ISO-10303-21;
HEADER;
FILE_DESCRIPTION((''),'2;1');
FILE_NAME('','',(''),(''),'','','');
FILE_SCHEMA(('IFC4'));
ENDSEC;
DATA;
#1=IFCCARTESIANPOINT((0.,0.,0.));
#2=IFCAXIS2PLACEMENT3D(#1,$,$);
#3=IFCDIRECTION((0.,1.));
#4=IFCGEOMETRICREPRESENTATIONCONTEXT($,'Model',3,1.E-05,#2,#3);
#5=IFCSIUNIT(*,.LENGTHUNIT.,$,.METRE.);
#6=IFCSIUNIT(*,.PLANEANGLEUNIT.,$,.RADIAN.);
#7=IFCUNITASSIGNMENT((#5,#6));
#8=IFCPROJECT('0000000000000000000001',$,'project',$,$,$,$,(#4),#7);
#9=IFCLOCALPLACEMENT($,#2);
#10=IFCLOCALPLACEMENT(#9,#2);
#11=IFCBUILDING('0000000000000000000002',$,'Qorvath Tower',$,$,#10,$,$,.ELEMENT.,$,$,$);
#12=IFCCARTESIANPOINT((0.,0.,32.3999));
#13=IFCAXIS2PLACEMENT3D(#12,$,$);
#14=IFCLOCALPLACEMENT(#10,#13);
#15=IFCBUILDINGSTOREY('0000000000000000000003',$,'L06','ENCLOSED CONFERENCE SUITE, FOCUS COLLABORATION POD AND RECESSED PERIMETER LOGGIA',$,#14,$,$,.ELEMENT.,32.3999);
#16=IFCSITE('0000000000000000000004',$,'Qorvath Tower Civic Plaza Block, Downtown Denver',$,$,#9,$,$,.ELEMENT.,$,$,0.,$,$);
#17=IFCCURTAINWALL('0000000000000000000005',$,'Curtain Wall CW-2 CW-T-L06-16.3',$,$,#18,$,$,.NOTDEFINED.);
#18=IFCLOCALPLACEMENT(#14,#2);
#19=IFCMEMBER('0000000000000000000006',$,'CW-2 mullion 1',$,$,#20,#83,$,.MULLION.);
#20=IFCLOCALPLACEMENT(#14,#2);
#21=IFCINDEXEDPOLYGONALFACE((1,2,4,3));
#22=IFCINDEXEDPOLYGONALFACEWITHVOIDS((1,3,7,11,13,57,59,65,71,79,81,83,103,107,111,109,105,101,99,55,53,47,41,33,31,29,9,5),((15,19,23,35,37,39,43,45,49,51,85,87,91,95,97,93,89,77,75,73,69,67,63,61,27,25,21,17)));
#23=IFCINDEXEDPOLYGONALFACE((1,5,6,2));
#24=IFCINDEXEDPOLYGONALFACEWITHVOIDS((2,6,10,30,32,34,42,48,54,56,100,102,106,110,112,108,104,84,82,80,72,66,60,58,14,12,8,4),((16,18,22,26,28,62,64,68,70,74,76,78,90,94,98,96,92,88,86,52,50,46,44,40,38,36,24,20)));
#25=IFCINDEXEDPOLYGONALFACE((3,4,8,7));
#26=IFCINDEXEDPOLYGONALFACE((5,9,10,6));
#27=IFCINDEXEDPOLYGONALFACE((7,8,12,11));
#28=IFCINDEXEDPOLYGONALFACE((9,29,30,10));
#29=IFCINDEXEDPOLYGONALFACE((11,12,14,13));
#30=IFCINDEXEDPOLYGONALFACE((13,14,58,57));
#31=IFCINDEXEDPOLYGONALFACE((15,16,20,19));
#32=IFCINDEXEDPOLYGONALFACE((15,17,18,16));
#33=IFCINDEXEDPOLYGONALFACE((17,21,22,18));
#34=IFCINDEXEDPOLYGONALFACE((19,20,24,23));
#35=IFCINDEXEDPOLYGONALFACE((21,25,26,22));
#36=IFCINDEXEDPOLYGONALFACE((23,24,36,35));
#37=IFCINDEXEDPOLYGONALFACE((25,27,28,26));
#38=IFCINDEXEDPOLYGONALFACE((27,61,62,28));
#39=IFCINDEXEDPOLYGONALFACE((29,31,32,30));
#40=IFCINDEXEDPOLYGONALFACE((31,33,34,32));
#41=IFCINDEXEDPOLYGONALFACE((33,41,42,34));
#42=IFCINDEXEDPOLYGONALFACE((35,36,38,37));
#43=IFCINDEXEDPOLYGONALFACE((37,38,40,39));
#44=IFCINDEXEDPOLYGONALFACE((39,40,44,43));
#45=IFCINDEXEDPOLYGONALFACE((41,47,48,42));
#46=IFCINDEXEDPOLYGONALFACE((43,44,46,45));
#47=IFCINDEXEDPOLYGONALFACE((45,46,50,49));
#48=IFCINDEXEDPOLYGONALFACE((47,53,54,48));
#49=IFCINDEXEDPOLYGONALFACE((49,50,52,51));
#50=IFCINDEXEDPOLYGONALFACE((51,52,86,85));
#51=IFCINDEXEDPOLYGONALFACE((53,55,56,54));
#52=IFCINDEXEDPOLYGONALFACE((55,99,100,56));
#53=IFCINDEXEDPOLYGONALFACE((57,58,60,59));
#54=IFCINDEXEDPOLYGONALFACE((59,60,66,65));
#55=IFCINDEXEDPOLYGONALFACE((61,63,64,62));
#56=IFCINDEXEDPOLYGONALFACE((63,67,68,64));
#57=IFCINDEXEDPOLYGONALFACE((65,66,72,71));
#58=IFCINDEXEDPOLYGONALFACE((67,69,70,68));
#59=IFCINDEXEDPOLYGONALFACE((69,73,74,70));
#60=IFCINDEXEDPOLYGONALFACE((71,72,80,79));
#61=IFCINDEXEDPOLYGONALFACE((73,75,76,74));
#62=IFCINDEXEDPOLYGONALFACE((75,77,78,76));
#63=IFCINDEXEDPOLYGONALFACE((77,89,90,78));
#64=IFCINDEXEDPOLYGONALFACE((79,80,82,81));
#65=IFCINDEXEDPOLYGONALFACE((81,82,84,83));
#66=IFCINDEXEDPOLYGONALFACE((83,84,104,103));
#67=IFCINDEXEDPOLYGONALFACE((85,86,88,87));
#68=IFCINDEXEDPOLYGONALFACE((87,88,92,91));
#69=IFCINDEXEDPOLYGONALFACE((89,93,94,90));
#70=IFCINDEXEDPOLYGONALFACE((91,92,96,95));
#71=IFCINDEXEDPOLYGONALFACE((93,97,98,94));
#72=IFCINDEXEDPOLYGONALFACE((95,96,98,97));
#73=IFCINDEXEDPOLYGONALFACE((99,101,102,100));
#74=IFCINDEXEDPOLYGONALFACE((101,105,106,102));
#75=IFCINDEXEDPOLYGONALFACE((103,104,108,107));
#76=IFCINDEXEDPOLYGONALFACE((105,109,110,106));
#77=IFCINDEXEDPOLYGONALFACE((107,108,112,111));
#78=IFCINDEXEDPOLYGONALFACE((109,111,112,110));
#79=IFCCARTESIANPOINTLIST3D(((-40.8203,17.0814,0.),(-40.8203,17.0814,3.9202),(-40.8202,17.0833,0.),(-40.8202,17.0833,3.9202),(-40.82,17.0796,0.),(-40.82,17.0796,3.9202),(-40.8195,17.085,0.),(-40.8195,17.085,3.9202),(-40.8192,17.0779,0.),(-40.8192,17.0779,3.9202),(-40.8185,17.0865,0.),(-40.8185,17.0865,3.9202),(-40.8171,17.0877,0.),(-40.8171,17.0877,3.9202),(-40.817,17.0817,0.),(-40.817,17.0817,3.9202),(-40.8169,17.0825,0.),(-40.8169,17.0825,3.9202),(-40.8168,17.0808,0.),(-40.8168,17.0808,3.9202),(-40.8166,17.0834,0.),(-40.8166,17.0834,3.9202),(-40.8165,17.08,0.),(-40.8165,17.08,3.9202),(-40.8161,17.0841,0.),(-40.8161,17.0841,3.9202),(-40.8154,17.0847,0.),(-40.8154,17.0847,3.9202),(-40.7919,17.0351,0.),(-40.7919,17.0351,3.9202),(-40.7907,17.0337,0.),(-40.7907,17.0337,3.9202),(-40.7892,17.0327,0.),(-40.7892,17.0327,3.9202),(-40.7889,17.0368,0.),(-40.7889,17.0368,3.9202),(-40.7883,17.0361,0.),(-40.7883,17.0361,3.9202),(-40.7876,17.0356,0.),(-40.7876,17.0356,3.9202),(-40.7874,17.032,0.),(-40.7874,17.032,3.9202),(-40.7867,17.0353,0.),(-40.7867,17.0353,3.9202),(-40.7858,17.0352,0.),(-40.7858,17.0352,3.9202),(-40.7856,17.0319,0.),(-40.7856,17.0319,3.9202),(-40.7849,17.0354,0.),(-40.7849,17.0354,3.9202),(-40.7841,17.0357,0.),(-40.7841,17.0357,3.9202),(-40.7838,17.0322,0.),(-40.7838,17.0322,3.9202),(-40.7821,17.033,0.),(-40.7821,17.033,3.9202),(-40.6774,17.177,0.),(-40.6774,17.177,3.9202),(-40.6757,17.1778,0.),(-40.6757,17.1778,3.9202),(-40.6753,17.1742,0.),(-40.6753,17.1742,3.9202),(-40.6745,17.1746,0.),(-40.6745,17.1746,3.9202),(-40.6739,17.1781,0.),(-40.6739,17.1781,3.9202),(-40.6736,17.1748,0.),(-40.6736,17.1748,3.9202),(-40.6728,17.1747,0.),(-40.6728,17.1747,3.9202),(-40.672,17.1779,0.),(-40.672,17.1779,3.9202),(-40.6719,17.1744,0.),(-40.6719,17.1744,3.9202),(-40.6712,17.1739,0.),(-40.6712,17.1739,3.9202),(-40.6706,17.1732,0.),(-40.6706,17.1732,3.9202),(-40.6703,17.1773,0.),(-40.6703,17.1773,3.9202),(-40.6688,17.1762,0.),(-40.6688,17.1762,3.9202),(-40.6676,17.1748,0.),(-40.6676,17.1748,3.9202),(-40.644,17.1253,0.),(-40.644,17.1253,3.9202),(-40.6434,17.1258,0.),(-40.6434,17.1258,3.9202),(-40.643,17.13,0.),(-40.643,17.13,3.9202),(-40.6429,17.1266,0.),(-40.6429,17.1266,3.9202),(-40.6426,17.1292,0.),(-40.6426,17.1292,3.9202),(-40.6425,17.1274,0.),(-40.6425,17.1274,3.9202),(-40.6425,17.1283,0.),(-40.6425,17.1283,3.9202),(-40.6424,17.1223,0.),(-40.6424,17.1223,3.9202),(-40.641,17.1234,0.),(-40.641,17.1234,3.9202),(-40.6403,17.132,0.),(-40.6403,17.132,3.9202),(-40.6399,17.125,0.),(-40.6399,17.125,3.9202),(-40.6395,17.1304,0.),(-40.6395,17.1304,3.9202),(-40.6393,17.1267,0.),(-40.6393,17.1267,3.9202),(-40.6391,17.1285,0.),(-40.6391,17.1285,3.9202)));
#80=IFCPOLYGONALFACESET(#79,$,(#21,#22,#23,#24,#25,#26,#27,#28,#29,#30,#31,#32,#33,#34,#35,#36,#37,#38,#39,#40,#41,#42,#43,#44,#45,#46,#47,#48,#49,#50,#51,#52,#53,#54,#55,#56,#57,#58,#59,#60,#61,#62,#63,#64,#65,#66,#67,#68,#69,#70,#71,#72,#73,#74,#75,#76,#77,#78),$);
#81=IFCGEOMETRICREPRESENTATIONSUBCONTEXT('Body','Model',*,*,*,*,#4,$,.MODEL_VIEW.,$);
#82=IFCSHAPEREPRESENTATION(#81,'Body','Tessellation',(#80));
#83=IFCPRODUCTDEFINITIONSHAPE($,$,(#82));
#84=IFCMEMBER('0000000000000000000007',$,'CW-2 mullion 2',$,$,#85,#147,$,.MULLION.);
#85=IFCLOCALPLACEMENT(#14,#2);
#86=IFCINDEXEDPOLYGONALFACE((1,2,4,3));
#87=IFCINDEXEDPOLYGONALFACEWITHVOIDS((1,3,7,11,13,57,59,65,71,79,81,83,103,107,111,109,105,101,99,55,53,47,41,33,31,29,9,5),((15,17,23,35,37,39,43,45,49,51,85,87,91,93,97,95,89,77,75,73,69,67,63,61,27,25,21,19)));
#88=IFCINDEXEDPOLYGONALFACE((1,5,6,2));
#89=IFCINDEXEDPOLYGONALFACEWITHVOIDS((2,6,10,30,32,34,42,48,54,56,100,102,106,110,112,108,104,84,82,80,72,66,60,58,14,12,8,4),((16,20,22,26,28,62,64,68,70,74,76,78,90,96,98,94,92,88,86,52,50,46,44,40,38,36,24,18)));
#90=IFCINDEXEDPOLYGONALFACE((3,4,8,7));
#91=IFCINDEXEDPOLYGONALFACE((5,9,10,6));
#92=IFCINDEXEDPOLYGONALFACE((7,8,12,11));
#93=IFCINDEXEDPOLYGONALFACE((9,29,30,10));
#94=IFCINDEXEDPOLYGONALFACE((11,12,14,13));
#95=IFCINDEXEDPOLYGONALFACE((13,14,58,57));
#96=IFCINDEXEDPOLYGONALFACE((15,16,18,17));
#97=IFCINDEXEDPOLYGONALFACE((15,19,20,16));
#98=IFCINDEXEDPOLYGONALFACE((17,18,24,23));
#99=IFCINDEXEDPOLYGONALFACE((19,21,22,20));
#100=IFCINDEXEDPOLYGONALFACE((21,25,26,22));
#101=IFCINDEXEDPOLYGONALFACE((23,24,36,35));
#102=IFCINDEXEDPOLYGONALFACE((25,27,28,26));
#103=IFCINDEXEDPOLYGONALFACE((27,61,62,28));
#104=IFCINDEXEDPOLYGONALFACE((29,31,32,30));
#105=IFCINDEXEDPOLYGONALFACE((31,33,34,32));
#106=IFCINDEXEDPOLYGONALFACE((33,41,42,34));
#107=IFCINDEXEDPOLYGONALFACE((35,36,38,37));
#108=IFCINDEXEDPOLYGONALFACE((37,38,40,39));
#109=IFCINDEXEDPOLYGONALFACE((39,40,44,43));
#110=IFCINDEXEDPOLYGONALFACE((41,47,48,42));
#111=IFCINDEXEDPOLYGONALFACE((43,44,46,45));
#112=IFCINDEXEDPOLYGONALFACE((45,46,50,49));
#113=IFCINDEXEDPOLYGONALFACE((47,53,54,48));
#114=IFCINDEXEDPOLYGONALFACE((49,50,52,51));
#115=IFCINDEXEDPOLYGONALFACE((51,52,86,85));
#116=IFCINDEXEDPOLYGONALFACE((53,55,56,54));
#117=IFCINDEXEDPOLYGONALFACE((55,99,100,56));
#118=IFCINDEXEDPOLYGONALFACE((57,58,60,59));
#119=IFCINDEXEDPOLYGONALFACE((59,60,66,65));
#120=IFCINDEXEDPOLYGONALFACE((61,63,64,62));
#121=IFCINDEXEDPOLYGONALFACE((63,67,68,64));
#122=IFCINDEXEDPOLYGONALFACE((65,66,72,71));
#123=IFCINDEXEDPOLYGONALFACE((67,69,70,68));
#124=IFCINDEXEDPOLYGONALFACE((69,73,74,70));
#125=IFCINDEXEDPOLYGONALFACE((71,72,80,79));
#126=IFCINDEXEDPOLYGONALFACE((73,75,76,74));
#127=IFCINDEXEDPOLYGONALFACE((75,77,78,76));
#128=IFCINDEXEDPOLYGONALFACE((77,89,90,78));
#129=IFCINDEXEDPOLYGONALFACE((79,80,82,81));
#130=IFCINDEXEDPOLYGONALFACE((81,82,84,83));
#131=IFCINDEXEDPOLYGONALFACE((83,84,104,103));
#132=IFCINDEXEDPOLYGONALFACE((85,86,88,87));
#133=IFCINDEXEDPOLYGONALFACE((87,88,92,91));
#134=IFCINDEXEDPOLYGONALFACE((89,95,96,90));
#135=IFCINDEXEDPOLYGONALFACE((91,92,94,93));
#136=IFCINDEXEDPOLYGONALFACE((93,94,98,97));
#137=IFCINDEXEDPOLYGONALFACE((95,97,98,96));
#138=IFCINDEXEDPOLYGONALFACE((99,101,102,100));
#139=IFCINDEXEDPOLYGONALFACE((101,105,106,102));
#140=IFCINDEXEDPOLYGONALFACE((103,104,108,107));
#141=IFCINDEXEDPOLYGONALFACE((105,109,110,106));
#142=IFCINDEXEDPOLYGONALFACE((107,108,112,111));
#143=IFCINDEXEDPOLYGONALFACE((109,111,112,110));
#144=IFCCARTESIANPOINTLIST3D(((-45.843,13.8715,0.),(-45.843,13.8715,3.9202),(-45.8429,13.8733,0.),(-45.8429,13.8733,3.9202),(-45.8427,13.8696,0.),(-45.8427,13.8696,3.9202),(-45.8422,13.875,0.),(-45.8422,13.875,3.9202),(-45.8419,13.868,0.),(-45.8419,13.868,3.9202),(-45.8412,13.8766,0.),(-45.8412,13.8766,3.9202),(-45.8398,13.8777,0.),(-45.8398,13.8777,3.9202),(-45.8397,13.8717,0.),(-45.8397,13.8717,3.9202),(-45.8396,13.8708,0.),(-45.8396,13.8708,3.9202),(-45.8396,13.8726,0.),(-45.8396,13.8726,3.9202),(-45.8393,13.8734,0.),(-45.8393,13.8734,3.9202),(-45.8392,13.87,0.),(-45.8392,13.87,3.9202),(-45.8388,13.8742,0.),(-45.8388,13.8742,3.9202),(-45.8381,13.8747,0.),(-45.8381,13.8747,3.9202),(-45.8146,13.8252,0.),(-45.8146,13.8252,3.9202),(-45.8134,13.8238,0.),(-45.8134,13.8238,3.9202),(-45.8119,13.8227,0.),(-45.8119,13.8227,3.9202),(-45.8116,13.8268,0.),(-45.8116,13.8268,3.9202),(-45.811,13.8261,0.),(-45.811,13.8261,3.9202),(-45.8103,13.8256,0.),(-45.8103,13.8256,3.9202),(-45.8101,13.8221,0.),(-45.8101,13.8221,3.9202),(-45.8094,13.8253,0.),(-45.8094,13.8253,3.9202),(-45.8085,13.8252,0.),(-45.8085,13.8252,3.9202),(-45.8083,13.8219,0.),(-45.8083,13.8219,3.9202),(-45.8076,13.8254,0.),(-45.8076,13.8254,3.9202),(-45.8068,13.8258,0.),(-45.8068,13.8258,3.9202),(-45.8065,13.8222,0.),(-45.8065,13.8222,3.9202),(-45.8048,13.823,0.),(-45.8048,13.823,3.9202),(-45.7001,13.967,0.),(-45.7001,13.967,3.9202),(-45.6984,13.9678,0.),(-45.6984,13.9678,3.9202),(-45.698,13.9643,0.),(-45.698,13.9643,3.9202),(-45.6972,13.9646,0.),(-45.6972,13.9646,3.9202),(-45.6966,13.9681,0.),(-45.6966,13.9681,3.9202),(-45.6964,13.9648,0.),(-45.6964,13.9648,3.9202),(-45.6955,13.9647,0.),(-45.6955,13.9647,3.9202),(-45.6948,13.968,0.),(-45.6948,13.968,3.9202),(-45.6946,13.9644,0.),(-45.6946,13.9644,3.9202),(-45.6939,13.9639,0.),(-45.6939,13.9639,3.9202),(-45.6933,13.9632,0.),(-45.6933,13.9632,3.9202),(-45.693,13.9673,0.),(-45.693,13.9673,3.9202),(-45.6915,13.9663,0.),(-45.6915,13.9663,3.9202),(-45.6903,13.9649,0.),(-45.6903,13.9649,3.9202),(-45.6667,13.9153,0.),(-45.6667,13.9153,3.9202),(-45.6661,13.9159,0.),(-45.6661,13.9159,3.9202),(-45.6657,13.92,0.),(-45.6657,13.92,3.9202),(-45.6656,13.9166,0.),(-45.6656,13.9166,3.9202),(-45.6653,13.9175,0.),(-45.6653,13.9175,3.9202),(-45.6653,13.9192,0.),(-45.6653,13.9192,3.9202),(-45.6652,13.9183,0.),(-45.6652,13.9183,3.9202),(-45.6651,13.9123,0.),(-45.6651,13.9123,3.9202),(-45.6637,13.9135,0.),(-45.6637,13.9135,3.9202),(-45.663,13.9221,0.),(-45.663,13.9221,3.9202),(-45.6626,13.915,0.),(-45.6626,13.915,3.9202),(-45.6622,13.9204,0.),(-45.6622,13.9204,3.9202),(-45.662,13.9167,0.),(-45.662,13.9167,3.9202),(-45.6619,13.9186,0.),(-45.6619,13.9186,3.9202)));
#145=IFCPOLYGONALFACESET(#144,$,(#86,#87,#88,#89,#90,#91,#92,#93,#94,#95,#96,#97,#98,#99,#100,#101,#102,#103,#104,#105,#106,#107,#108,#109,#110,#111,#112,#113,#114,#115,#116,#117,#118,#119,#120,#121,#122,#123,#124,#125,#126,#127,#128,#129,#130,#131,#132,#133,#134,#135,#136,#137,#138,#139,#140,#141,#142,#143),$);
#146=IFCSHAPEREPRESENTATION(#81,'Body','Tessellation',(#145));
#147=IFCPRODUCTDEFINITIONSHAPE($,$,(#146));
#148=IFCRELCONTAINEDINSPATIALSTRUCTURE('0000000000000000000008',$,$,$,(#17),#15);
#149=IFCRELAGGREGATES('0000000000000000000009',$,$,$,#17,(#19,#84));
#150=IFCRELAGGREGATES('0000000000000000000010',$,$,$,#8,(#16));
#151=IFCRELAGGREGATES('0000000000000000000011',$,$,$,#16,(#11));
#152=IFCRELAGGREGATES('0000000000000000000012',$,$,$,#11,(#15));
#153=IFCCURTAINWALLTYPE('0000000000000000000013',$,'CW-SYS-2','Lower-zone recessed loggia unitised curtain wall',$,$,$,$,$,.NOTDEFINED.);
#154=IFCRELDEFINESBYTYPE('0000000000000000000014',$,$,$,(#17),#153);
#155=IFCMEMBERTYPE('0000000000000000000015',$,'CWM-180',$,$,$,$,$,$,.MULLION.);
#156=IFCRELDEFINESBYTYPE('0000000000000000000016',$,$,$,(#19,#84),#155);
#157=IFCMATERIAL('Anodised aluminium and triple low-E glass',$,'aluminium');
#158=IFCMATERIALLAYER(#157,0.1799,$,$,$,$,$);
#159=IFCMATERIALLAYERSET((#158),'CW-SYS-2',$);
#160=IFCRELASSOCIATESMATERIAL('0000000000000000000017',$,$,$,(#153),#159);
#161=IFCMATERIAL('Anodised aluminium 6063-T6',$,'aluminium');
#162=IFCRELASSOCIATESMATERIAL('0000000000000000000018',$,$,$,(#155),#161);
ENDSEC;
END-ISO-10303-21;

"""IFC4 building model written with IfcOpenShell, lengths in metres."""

from ifc_helpers import new_model, si_unit, direction, frame, origin, origin_2d, place, context, subcontext, project, spatial, hollow_rectangle, extrude, material, layer, layer_set, material_profile, profile_set, type_object, element, aggregate, save


model = new_model("IFC4")

# Units and contexts
model_context = context("Model", 3, precision=1e-05, world=origin(), true_north=direction((0.0, 1.0)))
body_context = subcontext(model_context, "Body", "Model", "MODEL_VIEW")
ifc_project = project(units=[si_unit("LENGTHUNIT", "METRE"), si_unit("PLANEANGLEUNIT", "RADIAN")], contexts=[model_context])

# Site, building, storey
site_placement = place(None, origin())
site = spatial("IfcSite", under=ifc_project, at=site_placement, Name="Qorvath Tower Civic Plaza Block, Downtown Denver", CompositionType="ELEMENT", RefElevation=0.0)
building_placement = place(site_placement, origin())
building = spatial("IfcBuilding", under=site, at=building_placement, Name="Qorvath Tower", CompositionType="ELEMENT")
storey_placement = place(building_placement, frame((0.0, 0.0, 32.3999)))
storey = spatial("IfcBuildingStorey", under=building, at=storey_placement, Name="L06", Description="ENCLOSED CONFERENCE SUITE, FOCUS COLLABORATION POD AND RECESSED PERIMETER LOGGIA", CompositionType="ELEMENT", Elevation=32.3999)

# Curtain wall, members
ifc_material_1 = material(Name="Anodised aluminium and triple low-E glass", Category="aluminium")
ifc_layer_1 = layer(ifc_material_1, 0.1799)
ifc_layer_set_1 = layer_set([ifc_layer_1], Name="CW-SYS-2")
curtain_wall_type = type_object("IfcCurtainWallType", Name="CW-SYS-2", Description="Lower-zone recessed loggia unitised curtain wall", PredefinedType="NOTDEFINED", material=ifc_layer_set_1)
curtain_wall_placement = place(storey_placement, origin())
curtain_wall = element("IfcCurtainWall", 1, at=curtain_wall_placement, inside=storey, type_object=curtain_wall_type, Name="Curtain Wall CW-2 CW-T-L06-16.3", PredefinedType="NOTDEFINED")
ifc_material_2 = material(Name="Anodised aluminium 6063-T6", Category="aluminium")
ifc_material_profile_1 = material_profile(ifc_material_2, hollow_rectangle(XDim=0.0649, YDim=0.1799, WallThickness=0.0034, InnerFilletRadius=0.0034, OuterFilletRadius=0.0071, at=origin_2d()), Name="CWM 180x65")
ifc_profile_set_1 = profile_set([ifc_material_profile_1], Name="Anodised aluminium 6063-T6")
member_type_1 = type_object("IfcMemberType", Name="CWM-180", PredefinedType="MULLION", material=ifc_profile_set_1)
member_1_placement = place(storey_placement, frame((-40.7297, 17.105, 0.0), z_axis=(0.0, 0.0, 1.0), x_axis=(0.538529, -0.842607, 0.0)))
member_1 = element("IfcMember", 2, at=member_1_placement, type_object=member_type_1, Name="CW-2 mullion 1", PredefinedType="MULLION", context=body_context, shape_type="SweptSolid", body=[
    extrude(hollow_rectangle(XDim=0.0649, YDim=0.1799, WallThickness=0.0034, InnerFilletRadius=0.0034, OuterFilletRadius=0.0071, at=origin_2d()), origin(), (0.0, 0.0, 1.0), 3.9202),
])
member_2_placement = place(storey_placement, frame((-45.7524, 13.895, 0.0), z_axis=(0.0, 0.0, 1.0), x_axis=(0.538529, -0.842607, 0.0)))
member_2 = element("IfcMember", 3, at=member_2_placement, type_object=member_type_1, Name="CW-2 mullion 2", PredefinedType="MULLION", context=body_context, shape_type="SweptSolid", body=[
    extrude(hollow_rectangle(XDim=0.0649, YDim=0.1799, WallThickness=0.0034, InnerFilletRadius=0.0034, OuterFilletRadius=0.0071, at=origin_2d()), origin(), (0.0, 0.0, 1.0), 3.9202),
])
aggregate(curtain_wall, [member_1, member_2])

save(model, "model.ifc")
